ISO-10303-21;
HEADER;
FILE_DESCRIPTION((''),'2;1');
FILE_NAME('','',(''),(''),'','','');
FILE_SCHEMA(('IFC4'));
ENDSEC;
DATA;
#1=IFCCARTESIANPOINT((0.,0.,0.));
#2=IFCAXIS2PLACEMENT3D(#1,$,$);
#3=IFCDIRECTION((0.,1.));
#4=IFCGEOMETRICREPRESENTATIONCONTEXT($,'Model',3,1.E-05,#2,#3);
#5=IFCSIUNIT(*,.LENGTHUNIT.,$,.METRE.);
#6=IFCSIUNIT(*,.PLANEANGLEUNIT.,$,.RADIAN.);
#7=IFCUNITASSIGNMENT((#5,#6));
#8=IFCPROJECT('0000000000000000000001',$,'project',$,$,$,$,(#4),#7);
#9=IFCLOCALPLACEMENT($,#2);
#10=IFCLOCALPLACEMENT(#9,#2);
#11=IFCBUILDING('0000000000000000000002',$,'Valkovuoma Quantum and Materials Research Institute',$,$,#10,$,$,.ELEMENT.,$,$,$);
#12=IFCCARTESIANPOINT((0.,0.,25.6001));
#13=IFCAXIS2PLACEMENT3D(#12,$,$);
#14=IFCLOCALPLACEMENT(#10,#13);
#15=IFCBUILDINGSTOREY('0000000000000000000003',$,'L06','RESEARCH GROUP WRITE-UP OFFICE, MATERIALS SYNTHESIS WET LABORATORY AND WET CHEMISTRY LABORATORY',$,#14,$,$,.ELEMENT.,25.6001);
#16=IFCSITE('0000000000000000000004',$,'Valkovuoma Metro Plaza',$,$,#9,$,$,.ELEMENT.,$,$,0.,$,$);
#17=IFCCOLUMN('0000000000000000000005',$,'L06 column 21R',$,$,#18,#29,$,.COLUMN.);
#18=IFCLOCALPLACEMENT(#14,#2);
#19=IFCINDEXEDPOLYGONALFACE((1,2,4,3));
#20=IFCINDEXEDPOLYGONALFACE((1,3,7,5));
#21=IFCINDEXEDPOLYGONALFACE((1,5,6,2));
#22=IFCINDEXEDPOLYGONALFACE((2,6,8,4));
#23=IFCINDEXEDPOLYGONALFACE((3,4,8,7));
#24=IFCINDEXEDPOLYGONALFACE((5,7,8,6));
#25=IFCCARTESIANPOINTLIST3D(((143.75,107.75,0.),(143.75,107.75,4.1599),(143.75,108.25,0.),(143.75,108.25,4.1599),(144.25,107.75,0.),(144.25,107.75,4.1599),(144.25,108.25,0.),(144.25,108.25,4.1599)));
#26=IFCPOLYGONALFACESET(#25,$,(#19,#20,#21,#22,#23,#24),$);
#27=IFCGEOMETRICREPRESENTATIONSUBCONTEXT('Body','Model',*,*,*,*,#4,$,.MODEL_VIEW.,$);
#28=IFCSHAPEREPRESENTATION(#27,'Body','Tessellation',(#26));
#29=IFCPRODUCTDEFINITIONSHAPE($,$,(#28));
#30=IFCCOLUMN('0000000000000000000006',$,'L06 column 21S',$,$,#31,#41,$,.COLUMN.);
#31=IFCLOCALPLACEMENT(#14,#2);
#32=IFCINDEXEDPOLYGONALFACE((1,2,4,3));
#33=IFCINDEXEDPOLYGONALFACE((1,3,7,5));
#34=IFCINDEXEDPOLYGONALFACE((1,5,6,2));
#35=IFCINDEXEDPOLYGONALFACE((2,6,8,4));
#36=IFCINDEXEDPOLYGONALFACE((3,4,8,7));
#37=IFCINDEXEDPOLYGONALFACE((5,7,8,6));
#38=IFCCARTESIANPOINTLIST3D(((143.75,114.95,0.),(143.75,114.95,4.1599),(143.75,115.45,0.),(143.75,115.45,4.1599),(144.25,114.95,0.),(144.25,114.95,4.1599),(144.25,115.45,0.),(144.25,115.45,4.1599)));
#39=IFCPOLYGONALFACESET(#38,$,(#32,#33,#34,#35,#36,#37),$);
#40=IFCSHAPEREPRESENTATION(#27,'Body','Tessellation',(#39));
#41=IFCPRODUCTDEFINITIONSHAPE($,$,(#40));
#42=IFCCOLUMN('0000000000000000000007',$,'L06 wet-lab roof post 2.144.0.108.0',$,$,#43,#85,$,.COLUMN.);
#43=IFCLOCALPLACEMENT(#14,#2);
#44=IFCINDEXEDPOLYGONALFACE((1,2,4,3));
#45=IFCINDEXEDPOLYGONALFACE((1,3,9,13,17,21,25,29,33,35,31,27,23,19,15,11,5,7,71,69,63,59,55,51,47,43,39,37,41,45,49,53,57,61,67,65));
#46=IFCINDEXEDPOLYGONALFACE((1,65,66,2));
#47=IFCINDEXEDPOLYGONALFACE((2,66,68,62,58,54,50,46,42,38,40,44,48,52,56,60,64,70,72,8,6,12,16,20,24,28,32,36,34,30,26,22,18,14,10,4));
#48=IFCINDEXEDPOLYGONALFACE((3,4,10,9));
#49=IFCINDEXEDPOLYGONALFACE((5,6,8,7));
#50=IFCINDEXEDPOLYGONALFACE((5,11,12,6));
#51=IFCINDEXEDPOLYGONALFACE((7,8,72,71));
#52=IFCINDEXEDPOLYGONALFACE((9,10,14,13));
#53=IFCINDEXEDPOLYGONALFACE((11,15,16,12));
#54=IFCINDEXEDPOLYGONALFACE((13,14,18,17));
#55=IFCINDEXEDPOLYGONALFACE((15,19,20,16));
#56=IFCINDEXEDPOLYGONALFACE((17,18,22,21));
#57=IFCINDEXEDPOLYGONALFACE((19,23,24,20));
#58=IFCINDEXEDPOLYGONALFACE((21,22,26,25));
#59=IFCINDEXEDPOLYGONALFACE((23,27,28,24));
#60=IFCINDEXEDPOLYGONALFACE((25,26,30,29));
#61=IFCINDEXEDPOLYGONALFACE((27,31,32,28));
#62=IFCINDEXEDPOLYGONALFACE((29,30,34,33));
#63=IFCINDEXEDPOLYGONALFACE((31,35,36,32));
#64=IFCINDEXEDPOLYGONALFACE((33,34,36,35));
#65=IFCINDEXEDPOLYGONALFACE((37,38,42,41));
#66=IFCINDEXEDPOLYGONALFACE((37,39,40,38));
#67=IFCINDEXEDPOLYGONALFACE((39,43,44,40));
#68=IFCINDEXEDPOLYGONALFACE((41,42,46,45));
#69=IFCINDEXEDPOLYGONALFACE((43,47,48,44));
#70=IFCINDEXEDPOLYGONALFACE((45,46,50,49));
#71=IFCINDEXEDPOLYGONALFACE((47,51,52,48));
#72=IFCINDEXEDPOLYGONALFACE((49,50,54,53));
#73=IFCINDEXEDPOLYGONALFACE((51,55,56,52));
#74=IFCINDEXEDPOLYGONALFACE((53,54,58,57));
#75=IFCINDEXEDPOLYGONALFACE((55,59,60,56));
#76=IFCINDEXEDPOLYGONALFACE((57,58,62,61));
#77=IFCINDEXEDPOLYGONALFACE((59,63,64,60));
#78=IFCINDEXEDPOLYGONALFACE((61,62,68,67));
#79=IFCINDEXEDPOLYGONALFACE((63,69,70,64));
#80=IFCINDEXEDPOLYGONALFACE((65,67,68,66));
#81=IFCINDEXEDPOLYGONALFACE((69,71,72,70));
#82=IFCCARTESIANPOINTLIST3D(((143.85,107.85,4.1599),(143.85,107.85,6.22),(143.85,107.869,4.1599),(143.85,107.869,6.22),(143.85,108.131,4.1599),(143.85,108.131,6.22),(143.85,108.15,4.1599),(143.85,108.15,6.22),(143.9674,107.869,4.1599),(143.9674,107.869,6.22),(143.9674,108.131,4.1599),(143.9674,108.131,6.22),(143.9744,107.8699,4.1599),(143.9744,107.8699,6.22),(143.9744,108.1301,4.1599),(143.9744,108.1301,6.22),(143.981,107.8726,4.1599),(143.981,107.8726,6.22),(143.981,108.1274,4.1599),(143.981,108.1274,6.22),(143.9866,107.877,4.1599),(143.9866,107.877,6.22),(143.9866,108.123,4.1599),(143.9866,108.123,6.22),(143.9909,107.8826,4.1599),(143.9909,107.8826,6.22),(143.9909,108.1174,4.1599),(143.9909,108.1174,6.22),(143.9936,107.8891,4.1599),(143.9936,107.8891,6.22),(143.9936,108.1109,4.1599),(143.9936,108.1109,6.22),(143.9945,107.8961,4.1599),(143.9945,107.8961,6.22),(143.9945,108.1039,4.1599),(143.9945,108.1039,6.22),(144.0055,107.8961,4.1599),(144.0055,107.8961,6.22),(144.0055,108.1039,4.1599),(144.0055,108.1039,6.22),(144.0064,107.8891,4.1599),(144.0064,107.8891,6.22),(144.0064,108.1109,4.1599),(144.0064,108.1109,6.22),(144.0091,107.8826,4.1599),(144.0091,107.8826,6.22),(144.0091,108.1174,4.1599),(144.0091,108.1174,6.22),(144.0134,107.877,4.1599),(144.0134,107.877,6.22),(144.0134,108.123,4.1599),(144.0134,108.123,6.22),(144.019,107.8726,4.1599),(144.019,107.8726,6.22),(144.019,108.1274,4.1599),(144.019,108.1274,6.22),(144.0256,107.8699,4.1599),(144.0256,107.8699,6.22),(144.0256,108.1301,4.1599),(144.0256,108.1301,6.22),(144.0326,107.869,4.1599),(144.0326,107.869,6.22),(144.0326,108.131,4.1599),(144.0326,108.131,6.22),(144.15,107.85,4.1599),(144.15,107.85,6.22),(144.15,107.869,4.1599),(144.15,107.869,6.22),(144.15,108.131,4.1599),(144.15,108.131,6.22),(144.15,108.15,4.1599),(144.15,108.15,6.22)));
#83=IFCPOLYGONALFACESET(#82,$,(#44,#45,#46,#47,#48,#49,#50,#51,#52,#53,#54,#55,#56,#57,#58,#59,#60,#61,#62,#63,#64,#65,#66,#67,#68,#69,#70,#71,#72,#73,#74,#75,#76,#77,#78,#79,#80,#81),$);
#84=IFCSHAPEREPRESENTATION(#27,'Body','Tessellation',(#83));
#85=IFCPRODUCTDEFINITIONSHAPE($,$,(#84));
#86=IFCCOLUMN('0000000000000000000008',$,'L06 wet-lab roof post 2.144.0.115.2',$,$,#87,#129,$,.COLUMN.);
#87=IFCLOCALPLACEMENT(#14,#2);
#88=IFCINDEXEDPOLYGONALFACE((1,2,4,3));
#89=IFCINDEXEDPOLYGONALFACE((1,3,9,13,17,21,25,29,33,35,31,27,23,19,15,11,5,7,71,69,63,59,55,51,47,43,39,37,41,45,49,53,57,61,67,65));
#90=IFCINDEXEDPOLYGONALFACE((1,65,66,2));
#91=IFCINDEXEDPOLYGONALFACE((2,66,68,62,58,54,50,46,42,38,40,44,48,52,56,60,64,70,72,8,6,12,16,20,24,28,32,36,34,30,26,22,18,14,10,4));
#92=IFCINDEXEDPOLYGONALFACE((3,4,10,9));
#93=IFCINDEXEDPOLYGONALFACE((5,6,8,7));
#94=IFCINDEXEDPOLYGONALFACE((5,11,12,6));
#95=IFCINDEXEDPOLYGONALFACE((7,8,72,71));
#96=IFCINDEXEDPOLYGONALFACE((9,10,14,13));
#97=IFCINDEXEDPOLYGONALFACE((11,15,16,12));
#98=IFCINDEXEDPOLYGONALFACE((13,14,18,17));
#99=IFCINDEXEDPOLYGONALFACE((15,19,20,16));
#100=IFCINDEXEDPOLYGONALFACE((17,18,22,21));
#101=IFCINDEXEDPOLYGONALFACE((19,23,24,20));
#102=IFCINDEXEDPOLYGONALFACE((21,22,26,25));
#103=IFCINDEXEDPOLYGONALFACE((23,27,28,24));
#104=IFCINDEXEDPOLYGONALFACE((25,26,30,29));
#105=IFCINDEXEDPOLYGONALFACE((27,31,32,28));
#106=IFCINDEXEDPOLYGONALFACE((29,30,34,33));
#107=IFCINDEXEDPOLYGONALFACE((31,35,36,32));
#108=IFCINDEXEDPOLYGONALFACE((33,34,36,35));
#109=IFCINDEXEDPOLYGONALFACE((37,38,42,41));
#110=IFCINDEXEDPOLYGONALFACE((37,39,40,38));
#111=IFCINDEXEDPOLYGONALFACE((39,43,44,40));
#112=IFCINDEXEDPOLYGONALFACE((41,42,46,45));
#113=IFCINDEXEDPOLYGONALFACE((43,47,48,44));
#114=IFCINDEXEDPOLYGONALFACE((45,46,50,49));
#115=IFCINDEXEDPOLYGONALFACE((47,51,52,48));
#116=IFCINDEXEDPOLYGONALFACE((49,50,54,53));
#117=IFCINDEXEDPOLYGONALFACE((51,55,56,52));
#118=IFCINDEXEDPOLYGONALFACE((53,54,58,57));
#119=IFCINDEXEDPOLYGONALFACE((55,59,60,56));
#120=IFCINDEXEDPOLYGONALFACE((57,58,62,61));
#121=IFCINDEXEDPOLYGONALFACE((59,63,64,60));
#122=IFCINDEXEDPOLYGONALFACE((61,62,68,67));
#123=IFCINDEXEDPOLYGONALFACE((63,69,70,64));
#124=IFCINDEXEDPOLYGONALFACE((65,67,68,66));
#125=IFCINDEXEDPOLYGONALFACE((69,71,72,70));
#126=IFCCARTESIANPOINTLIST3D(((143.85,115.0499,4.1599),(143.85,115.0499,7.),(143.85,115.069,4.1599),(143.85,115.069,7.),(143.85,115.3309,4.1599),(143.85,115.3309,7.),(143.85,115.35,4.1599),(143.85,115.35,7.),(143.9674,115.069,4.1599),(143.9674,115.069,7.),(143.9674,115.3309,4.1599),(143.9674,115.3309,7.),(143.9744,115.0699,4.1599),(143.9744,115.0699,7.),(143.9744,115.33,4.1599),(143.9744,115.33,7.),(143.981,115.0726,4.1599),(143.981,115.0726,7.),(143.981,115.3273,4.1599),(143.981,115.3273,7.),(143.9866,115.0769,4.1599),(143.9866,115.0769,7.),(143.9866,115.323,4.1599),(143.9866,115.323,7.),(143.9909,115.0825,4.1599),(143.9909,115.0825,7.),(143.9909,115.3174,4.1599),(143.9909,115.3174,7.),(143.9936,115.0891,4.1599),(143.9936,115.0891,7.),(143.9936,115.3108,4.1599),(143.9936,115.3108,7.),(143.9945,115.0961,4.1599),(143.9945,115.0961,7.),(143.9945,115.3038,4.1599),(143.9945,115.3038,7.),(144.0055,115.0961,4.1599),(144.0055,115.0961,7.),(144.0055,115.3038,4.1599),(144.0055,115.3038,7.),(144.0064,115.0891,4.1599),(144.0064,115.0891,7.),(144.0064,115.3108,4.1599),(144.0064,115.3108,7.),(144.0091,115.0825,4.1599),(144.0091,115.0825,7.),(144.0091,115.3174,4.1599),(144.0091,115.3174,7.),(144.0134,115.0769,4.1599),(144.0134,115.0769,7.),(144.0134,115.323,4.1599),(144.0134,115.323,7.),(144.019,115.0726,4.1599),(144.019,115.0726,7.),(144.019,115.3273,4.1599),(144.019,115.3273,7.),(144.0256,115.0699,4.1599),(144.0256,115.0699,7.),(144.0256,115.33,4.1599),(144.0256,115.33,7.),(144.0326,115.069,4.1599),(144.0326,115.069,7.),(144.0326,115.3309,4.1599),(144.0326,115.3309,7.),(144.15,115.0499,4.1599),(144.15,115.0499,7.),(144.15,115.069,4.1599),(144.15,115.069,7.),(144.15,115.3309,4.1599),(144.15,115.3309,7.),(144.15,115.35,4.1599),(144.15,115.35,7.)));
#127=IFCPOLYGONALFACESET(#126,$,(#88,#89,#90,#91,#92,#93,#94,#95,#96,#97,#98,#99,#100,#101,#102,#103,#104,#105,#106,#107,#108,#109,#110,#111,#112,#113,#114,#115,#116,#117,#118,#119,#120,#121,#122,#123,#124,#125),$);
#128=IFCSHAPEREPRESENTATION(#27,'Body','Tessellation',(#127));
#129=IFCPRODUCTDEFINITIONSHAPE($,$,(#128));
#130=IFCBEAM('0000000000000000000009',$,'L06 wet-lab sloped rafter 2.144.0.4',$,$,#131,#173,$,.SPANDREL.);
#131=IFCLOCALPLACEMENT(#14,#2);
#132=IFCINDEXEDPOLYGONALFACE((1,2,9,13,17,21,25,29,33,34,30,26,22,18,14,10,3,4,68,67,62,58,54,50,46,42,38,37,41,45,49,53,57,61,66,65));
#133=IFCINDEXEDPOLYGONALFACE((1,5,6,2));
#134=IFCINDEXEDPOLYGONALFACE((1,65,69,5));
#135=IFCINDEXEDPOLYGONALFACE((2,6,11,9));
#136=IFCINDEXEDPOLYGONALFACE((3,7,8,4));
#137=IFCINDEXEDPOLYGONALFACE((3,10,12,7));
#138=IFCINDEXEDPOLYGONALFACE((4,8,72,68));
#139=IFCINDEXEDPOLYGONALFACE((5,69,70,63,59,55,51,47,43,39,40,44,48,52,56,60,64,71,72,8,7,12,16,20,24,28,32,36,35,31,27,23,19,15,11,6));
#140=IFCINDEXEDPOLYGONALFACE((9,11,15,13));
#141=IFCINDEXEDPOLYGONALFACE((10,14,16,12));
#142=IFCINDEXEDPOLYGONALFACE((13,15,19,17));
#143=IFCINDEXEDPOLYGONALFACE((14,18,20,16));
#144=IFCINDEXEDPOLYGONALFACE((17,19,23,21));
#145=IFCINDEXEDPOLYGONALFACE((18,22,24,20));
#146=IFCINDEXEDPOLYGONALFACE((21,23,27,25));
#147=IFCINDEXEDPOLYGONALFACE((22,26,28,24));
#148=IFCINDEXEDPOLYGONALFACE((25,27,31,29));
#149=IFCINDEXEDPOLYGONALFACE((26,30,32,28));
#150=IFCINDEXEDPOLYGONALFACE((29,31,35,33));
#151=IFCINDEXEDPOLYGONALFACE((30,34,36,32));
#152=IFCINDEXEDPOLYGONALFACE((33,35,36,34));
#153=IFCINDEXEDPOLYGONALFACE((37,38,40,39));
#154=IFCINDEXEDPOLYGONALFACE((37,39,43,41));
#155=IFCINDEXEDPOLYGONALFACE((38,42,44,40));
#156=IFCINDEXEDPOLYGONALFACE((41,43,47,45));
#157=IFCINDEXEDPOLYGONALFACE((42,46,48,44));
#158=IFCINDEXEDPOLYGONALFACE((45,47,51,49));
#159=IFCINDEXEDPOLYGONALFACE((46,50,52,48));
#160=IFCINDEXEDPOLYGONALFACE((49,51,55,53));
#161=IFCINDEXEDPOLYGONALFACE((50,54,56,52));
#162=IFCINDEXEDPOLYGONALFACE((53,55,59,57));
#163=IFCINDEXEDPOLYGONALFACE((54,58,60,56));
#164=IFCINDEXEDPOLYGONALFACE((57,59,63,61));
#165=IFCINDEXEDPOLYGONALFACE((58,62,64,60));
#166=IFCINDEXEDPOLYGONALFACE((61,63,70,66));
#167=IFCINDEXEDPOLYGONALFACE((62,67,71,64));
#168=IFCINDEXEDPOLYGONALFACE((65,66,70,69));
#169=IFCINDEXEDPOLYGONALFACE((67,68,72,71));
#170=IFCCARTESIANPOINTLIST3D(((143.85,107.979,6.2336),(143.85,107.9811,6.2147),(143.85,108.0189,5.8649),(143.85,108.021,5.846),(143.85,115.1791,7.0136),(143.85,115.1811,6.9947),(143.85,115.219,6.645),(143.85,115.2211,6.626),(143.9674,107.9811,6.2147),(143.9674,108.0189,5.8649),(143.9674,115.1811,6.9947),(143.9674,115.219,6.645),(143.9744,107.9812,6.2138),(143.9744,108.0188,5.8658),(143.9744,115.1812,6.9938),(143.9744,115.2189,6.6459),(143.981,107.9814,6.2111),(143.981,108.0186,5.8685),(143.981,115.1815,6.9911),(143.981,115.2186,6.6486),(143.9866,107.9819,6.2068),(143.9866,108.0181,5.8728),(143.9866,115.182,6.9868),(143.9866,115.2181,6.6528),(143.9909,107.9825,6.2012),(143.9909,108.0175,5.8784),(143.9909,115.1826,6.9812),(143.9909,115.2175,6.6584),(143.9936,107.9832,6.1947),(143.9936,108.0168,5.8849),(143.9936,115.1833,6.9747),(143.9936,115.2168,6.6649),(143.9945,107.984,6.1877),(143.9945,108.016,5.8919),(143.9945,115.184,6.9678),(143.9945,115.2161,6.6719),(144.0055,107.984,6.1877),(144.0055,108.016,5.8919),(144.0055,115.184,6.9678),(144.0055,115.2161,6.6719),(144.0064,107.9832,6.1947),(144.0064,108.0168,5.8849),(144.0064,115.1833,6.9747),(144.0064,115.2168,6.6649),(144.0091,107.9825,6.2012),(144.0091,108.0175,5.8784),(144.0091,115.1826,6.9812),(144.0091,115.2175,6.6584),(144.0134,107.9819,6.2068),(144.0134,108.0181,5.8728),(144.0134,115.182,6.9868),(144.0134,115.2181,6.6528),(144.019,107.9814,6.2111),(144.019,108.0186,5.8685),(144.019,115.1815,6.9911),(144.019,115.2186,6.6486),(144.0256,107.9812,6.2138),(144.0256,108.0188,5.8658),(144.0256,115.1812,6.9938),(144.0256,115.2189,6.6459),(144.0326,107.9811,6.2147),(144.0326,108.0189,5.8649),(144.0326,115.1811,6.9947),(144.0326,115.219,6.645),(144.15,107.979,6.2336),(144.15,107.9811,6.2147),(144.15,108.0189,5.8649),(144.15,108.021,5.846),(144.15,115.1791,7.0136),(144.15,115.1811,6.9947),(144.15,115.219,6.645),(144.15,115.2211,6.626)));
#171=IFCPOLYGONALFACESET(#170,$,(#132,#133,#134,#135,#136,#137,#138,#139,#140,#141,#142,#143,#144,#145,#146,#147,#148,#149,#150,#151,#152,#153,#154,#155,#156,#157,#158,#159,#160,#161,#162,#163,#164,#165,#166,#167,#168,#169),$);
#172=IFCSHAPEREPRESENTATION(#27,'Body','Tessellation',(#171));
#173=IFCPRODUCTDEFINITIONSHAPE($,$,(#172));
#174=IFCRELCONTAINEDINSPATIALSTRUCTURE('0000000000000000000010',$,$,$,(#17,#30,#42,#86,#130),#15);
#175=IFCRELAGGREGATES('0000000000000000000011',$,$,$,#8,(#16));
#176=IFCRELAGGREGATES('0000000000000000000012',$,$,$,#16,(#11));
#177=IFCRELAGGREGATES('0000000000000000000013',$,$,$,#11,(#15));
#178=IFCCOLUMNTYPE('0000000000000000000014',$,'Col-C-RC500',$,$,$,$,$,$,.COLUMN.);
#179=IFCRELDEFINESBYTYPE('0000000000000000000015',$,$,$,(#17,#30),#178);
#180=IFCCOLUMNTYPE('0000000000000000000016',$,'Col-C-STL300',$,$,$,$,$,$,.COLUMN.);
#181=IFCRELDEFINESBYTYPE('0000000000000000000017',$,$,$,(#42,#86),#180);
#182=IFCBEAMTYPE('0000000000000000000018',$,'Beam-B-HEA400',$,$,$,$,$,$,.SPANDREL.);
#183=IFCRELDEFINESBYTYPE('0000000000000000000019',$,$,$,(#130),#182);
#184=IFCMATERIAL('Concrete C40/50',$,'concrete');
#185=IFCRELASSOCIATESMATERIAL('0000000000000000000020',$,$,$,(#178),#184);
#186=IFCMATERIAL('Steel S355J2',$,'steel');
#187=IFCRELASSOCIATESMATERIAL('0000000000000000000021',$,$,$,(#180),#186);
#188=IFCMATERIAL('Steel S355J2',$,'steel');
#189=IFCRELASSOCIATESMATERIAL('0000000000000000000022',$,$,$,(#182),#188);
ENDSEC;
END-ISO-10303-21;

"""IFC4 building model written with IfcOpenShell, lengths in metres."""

from ifc_helpers import new_model, si_unit, direction, frame, origin, origin_2d, place, context, subcontext, project, spatial, rectangle, i_section, extrude, material, material_profile, profile_set, type_object, element, save


model = new_model("IFC4")

# Units and contexts
model_context = context("Model", 3, precision=1e-05, world=origin(), true_north=direction((0.0, 1.0)))
body_context = subcontext(model_context, "Body", "Model", "MODEL_VIEW")
ifc_project = project(units=[si_unit("LENGTHUNIT", "METRE"), si_unit("PLANEANGLEUNIT", "RADIAN")], contexts=[model_context])

# Site, building, storey
site_placement = place(None, origin())
site = spatial("IfcSite", under=ifc_project, at=site_placement, Name="Valkovuoma Metro Plaza", CompositionType="ELEMENT", RefElevation=0.0)
building_placement = place(site_placement, origin())
building = spatial("IfcBuilding", under=site, at=building_placement, Name="Valkovuoma Quantum and Materials Research Institute", CompositionType="ELEMENT")
storey_placement = place(building_placement, frame((0.0, 0.0, 25.6001)))
storey = spatial("IfcBuildingStorey", under=building, at=storey_placement, Name="L06", Description="RESEARCH GROUP WRITE-UP OFFICE, MATERIALS SYNTHESIS WET LABORATORY AND WET CHEMISTRY LABORATORY", CompositionType="ELEMENT", Elevation=25.6001)

# Columns
ifc_material_1 = material(Name="Concrete C40/50", Category="concrete")
ifc_material_profile_1 = material_profile(ifc_material_1, rectangle(XDim=0.5, YDim=0.5, at=origin_2d()), Name="Concrete C40/50")
ifc_profile_set_1 = profile_set([ifc_material_profile_1], Name="Concrete C40/50")
column_type_1 = type_object("IfcColumnType", Name="Col-C-RC500", PredefinedType="COLUMN", material=ifc_profile_set_1)
for number, where, z_axis, x_axis, name in (
    (1, (144.0, 108.0, 0.0), (0.0, 0.0, 1.0), (1.0, 0.0, 0.0), "L06 column 21R"),
    (2, (144.0, 115.2, 0.0), (0.0, 0.0, 1.0), (1.0, 0.0, 0.0), "L06 column 21S"),
):
    element("IfcColumn", number, at=place(storey_placement, frame(where, z_axis=z_axis, x_axis=x_axis)), inside=storey, type_object=column_type_1, Name=name, PredefinedType="COLUMN", context=body_context, shape_type="SweptSolid", body=[
        extrude(rectangle(XDim=0.5, YDim=0.5, at=origin_2d()), origin(), (0.0, 0.0, 1.0), 4.1599),
    ])
ifc_material_2 = material(Name="Steel S355J2", Category="steel")
ifc_material_profile_2 = material_profile(ifc_material_2, i_section(OverallWidth=0.3, OverallDepth=0.3, WebThickness=0.011, FlangeThickness=0.019, FilletRadius=0.0271, at=origin_2d()), Name="Steel S355J2")
ifc_profile_set_2 = profile_set([ifc_material_profile_2], Name="Steel S355J2")
column_type_2 = type_object("IfcColumnType", Name="Col-C-STL300", PredefinedType="COLUMN", material=ifc_profile_set_2)
column_1_placement = place(storey_placement, frame((144.0, 108.0, 4.1599), z_axis=(0.0, 0.0, 1.0), x_axis=(1.0, 0.0, 0.0)))
element("IfcColumn", 3, at=column_1_placement, inside=storey, type_object=column_type_2, Name="L06 wet-lab roof post 2.144.0.108.0", PredefinedType="COLUMN", context=body_context, shape_type="SweptSolid", body=[
    extrude(i_section(OverallWidth=0.3, OverallDepth=0.3, WebThickness=0.011, FlangeThickness=0.019, FilletRadius=0.0271, at=origin_2d()), origin(), (0.0, 0.0, 1.0), 2.0601),
])
column_2_placement = place(storey_placement, frame((144.0, 115.2, 4.1599), z_axis=(0.0, 0.0, 1.0), x_axis=(1.0, 0.0, 0.0)))
element("IfcColumn", 4, at=column_2_placement, inside=storey, type_object=column_type_2, Name="L06 wet-lab roof post 2.144.0.115.2", PredefinedType="COLUMN", context=body_context, shape_type="SweptSolid", body=[
    extrude(i_section(OverallWidth=0.3, OverallDepth=0.3, WebThickness=0.011, FlangeThickness=0.019, FilletRadius=0.0271, at=origin_2d()), origin(), (0.0, 0.0, 1.0), 2.8401),
])

# Beam
ifc_material_3 = material(Name="Steel S355J2", Category="steel")
ifc_material_profile_3 = material_profile(ifc_material_3, i_section(OverallWidth=0.3, OverallDepth=0.3899, WebThickness=0.011, FlangeThickness=0.019, FilletRadius=0.0271, at=origin_2d()), Name="Steel S355J2")
ifc_profile_set_3 = profile_set([ifc_material_profile_3], Name="Steel S355J2")
beam_type_1 = type_object("IfcBeamType", Name="Beam-B-HEA400", PredefinedType="SPANDREL", material=ifc_profile_set_3)
beam_1_placement = place(storey_placement, frame((144.0, 108.0, 6.0398), z_axis=(0.0, 0.994183, 0.107708), x_axis=(-1.0, 0.0, 0.0)))
element("IfcBeam", 5, at=beam_1_placement, inside=storey, type_object=beam_type_1, Name="L06 wet-lab sloped rafter 2.144.0.4", PredefinedType="SPANDREL", context=body_context, shape_type="SweptSolid", body=[
    extrude(i_section(OverallWidth=0.3, OverallDepth=0.3899, WebThickness=0.011, FlangeThickness=0.019, FilletRadius=0.0271, at=origin_2d()), origin(), (0.0, 0.0, 1.0), 7.2422),
])

save(model, "model.ifc")
